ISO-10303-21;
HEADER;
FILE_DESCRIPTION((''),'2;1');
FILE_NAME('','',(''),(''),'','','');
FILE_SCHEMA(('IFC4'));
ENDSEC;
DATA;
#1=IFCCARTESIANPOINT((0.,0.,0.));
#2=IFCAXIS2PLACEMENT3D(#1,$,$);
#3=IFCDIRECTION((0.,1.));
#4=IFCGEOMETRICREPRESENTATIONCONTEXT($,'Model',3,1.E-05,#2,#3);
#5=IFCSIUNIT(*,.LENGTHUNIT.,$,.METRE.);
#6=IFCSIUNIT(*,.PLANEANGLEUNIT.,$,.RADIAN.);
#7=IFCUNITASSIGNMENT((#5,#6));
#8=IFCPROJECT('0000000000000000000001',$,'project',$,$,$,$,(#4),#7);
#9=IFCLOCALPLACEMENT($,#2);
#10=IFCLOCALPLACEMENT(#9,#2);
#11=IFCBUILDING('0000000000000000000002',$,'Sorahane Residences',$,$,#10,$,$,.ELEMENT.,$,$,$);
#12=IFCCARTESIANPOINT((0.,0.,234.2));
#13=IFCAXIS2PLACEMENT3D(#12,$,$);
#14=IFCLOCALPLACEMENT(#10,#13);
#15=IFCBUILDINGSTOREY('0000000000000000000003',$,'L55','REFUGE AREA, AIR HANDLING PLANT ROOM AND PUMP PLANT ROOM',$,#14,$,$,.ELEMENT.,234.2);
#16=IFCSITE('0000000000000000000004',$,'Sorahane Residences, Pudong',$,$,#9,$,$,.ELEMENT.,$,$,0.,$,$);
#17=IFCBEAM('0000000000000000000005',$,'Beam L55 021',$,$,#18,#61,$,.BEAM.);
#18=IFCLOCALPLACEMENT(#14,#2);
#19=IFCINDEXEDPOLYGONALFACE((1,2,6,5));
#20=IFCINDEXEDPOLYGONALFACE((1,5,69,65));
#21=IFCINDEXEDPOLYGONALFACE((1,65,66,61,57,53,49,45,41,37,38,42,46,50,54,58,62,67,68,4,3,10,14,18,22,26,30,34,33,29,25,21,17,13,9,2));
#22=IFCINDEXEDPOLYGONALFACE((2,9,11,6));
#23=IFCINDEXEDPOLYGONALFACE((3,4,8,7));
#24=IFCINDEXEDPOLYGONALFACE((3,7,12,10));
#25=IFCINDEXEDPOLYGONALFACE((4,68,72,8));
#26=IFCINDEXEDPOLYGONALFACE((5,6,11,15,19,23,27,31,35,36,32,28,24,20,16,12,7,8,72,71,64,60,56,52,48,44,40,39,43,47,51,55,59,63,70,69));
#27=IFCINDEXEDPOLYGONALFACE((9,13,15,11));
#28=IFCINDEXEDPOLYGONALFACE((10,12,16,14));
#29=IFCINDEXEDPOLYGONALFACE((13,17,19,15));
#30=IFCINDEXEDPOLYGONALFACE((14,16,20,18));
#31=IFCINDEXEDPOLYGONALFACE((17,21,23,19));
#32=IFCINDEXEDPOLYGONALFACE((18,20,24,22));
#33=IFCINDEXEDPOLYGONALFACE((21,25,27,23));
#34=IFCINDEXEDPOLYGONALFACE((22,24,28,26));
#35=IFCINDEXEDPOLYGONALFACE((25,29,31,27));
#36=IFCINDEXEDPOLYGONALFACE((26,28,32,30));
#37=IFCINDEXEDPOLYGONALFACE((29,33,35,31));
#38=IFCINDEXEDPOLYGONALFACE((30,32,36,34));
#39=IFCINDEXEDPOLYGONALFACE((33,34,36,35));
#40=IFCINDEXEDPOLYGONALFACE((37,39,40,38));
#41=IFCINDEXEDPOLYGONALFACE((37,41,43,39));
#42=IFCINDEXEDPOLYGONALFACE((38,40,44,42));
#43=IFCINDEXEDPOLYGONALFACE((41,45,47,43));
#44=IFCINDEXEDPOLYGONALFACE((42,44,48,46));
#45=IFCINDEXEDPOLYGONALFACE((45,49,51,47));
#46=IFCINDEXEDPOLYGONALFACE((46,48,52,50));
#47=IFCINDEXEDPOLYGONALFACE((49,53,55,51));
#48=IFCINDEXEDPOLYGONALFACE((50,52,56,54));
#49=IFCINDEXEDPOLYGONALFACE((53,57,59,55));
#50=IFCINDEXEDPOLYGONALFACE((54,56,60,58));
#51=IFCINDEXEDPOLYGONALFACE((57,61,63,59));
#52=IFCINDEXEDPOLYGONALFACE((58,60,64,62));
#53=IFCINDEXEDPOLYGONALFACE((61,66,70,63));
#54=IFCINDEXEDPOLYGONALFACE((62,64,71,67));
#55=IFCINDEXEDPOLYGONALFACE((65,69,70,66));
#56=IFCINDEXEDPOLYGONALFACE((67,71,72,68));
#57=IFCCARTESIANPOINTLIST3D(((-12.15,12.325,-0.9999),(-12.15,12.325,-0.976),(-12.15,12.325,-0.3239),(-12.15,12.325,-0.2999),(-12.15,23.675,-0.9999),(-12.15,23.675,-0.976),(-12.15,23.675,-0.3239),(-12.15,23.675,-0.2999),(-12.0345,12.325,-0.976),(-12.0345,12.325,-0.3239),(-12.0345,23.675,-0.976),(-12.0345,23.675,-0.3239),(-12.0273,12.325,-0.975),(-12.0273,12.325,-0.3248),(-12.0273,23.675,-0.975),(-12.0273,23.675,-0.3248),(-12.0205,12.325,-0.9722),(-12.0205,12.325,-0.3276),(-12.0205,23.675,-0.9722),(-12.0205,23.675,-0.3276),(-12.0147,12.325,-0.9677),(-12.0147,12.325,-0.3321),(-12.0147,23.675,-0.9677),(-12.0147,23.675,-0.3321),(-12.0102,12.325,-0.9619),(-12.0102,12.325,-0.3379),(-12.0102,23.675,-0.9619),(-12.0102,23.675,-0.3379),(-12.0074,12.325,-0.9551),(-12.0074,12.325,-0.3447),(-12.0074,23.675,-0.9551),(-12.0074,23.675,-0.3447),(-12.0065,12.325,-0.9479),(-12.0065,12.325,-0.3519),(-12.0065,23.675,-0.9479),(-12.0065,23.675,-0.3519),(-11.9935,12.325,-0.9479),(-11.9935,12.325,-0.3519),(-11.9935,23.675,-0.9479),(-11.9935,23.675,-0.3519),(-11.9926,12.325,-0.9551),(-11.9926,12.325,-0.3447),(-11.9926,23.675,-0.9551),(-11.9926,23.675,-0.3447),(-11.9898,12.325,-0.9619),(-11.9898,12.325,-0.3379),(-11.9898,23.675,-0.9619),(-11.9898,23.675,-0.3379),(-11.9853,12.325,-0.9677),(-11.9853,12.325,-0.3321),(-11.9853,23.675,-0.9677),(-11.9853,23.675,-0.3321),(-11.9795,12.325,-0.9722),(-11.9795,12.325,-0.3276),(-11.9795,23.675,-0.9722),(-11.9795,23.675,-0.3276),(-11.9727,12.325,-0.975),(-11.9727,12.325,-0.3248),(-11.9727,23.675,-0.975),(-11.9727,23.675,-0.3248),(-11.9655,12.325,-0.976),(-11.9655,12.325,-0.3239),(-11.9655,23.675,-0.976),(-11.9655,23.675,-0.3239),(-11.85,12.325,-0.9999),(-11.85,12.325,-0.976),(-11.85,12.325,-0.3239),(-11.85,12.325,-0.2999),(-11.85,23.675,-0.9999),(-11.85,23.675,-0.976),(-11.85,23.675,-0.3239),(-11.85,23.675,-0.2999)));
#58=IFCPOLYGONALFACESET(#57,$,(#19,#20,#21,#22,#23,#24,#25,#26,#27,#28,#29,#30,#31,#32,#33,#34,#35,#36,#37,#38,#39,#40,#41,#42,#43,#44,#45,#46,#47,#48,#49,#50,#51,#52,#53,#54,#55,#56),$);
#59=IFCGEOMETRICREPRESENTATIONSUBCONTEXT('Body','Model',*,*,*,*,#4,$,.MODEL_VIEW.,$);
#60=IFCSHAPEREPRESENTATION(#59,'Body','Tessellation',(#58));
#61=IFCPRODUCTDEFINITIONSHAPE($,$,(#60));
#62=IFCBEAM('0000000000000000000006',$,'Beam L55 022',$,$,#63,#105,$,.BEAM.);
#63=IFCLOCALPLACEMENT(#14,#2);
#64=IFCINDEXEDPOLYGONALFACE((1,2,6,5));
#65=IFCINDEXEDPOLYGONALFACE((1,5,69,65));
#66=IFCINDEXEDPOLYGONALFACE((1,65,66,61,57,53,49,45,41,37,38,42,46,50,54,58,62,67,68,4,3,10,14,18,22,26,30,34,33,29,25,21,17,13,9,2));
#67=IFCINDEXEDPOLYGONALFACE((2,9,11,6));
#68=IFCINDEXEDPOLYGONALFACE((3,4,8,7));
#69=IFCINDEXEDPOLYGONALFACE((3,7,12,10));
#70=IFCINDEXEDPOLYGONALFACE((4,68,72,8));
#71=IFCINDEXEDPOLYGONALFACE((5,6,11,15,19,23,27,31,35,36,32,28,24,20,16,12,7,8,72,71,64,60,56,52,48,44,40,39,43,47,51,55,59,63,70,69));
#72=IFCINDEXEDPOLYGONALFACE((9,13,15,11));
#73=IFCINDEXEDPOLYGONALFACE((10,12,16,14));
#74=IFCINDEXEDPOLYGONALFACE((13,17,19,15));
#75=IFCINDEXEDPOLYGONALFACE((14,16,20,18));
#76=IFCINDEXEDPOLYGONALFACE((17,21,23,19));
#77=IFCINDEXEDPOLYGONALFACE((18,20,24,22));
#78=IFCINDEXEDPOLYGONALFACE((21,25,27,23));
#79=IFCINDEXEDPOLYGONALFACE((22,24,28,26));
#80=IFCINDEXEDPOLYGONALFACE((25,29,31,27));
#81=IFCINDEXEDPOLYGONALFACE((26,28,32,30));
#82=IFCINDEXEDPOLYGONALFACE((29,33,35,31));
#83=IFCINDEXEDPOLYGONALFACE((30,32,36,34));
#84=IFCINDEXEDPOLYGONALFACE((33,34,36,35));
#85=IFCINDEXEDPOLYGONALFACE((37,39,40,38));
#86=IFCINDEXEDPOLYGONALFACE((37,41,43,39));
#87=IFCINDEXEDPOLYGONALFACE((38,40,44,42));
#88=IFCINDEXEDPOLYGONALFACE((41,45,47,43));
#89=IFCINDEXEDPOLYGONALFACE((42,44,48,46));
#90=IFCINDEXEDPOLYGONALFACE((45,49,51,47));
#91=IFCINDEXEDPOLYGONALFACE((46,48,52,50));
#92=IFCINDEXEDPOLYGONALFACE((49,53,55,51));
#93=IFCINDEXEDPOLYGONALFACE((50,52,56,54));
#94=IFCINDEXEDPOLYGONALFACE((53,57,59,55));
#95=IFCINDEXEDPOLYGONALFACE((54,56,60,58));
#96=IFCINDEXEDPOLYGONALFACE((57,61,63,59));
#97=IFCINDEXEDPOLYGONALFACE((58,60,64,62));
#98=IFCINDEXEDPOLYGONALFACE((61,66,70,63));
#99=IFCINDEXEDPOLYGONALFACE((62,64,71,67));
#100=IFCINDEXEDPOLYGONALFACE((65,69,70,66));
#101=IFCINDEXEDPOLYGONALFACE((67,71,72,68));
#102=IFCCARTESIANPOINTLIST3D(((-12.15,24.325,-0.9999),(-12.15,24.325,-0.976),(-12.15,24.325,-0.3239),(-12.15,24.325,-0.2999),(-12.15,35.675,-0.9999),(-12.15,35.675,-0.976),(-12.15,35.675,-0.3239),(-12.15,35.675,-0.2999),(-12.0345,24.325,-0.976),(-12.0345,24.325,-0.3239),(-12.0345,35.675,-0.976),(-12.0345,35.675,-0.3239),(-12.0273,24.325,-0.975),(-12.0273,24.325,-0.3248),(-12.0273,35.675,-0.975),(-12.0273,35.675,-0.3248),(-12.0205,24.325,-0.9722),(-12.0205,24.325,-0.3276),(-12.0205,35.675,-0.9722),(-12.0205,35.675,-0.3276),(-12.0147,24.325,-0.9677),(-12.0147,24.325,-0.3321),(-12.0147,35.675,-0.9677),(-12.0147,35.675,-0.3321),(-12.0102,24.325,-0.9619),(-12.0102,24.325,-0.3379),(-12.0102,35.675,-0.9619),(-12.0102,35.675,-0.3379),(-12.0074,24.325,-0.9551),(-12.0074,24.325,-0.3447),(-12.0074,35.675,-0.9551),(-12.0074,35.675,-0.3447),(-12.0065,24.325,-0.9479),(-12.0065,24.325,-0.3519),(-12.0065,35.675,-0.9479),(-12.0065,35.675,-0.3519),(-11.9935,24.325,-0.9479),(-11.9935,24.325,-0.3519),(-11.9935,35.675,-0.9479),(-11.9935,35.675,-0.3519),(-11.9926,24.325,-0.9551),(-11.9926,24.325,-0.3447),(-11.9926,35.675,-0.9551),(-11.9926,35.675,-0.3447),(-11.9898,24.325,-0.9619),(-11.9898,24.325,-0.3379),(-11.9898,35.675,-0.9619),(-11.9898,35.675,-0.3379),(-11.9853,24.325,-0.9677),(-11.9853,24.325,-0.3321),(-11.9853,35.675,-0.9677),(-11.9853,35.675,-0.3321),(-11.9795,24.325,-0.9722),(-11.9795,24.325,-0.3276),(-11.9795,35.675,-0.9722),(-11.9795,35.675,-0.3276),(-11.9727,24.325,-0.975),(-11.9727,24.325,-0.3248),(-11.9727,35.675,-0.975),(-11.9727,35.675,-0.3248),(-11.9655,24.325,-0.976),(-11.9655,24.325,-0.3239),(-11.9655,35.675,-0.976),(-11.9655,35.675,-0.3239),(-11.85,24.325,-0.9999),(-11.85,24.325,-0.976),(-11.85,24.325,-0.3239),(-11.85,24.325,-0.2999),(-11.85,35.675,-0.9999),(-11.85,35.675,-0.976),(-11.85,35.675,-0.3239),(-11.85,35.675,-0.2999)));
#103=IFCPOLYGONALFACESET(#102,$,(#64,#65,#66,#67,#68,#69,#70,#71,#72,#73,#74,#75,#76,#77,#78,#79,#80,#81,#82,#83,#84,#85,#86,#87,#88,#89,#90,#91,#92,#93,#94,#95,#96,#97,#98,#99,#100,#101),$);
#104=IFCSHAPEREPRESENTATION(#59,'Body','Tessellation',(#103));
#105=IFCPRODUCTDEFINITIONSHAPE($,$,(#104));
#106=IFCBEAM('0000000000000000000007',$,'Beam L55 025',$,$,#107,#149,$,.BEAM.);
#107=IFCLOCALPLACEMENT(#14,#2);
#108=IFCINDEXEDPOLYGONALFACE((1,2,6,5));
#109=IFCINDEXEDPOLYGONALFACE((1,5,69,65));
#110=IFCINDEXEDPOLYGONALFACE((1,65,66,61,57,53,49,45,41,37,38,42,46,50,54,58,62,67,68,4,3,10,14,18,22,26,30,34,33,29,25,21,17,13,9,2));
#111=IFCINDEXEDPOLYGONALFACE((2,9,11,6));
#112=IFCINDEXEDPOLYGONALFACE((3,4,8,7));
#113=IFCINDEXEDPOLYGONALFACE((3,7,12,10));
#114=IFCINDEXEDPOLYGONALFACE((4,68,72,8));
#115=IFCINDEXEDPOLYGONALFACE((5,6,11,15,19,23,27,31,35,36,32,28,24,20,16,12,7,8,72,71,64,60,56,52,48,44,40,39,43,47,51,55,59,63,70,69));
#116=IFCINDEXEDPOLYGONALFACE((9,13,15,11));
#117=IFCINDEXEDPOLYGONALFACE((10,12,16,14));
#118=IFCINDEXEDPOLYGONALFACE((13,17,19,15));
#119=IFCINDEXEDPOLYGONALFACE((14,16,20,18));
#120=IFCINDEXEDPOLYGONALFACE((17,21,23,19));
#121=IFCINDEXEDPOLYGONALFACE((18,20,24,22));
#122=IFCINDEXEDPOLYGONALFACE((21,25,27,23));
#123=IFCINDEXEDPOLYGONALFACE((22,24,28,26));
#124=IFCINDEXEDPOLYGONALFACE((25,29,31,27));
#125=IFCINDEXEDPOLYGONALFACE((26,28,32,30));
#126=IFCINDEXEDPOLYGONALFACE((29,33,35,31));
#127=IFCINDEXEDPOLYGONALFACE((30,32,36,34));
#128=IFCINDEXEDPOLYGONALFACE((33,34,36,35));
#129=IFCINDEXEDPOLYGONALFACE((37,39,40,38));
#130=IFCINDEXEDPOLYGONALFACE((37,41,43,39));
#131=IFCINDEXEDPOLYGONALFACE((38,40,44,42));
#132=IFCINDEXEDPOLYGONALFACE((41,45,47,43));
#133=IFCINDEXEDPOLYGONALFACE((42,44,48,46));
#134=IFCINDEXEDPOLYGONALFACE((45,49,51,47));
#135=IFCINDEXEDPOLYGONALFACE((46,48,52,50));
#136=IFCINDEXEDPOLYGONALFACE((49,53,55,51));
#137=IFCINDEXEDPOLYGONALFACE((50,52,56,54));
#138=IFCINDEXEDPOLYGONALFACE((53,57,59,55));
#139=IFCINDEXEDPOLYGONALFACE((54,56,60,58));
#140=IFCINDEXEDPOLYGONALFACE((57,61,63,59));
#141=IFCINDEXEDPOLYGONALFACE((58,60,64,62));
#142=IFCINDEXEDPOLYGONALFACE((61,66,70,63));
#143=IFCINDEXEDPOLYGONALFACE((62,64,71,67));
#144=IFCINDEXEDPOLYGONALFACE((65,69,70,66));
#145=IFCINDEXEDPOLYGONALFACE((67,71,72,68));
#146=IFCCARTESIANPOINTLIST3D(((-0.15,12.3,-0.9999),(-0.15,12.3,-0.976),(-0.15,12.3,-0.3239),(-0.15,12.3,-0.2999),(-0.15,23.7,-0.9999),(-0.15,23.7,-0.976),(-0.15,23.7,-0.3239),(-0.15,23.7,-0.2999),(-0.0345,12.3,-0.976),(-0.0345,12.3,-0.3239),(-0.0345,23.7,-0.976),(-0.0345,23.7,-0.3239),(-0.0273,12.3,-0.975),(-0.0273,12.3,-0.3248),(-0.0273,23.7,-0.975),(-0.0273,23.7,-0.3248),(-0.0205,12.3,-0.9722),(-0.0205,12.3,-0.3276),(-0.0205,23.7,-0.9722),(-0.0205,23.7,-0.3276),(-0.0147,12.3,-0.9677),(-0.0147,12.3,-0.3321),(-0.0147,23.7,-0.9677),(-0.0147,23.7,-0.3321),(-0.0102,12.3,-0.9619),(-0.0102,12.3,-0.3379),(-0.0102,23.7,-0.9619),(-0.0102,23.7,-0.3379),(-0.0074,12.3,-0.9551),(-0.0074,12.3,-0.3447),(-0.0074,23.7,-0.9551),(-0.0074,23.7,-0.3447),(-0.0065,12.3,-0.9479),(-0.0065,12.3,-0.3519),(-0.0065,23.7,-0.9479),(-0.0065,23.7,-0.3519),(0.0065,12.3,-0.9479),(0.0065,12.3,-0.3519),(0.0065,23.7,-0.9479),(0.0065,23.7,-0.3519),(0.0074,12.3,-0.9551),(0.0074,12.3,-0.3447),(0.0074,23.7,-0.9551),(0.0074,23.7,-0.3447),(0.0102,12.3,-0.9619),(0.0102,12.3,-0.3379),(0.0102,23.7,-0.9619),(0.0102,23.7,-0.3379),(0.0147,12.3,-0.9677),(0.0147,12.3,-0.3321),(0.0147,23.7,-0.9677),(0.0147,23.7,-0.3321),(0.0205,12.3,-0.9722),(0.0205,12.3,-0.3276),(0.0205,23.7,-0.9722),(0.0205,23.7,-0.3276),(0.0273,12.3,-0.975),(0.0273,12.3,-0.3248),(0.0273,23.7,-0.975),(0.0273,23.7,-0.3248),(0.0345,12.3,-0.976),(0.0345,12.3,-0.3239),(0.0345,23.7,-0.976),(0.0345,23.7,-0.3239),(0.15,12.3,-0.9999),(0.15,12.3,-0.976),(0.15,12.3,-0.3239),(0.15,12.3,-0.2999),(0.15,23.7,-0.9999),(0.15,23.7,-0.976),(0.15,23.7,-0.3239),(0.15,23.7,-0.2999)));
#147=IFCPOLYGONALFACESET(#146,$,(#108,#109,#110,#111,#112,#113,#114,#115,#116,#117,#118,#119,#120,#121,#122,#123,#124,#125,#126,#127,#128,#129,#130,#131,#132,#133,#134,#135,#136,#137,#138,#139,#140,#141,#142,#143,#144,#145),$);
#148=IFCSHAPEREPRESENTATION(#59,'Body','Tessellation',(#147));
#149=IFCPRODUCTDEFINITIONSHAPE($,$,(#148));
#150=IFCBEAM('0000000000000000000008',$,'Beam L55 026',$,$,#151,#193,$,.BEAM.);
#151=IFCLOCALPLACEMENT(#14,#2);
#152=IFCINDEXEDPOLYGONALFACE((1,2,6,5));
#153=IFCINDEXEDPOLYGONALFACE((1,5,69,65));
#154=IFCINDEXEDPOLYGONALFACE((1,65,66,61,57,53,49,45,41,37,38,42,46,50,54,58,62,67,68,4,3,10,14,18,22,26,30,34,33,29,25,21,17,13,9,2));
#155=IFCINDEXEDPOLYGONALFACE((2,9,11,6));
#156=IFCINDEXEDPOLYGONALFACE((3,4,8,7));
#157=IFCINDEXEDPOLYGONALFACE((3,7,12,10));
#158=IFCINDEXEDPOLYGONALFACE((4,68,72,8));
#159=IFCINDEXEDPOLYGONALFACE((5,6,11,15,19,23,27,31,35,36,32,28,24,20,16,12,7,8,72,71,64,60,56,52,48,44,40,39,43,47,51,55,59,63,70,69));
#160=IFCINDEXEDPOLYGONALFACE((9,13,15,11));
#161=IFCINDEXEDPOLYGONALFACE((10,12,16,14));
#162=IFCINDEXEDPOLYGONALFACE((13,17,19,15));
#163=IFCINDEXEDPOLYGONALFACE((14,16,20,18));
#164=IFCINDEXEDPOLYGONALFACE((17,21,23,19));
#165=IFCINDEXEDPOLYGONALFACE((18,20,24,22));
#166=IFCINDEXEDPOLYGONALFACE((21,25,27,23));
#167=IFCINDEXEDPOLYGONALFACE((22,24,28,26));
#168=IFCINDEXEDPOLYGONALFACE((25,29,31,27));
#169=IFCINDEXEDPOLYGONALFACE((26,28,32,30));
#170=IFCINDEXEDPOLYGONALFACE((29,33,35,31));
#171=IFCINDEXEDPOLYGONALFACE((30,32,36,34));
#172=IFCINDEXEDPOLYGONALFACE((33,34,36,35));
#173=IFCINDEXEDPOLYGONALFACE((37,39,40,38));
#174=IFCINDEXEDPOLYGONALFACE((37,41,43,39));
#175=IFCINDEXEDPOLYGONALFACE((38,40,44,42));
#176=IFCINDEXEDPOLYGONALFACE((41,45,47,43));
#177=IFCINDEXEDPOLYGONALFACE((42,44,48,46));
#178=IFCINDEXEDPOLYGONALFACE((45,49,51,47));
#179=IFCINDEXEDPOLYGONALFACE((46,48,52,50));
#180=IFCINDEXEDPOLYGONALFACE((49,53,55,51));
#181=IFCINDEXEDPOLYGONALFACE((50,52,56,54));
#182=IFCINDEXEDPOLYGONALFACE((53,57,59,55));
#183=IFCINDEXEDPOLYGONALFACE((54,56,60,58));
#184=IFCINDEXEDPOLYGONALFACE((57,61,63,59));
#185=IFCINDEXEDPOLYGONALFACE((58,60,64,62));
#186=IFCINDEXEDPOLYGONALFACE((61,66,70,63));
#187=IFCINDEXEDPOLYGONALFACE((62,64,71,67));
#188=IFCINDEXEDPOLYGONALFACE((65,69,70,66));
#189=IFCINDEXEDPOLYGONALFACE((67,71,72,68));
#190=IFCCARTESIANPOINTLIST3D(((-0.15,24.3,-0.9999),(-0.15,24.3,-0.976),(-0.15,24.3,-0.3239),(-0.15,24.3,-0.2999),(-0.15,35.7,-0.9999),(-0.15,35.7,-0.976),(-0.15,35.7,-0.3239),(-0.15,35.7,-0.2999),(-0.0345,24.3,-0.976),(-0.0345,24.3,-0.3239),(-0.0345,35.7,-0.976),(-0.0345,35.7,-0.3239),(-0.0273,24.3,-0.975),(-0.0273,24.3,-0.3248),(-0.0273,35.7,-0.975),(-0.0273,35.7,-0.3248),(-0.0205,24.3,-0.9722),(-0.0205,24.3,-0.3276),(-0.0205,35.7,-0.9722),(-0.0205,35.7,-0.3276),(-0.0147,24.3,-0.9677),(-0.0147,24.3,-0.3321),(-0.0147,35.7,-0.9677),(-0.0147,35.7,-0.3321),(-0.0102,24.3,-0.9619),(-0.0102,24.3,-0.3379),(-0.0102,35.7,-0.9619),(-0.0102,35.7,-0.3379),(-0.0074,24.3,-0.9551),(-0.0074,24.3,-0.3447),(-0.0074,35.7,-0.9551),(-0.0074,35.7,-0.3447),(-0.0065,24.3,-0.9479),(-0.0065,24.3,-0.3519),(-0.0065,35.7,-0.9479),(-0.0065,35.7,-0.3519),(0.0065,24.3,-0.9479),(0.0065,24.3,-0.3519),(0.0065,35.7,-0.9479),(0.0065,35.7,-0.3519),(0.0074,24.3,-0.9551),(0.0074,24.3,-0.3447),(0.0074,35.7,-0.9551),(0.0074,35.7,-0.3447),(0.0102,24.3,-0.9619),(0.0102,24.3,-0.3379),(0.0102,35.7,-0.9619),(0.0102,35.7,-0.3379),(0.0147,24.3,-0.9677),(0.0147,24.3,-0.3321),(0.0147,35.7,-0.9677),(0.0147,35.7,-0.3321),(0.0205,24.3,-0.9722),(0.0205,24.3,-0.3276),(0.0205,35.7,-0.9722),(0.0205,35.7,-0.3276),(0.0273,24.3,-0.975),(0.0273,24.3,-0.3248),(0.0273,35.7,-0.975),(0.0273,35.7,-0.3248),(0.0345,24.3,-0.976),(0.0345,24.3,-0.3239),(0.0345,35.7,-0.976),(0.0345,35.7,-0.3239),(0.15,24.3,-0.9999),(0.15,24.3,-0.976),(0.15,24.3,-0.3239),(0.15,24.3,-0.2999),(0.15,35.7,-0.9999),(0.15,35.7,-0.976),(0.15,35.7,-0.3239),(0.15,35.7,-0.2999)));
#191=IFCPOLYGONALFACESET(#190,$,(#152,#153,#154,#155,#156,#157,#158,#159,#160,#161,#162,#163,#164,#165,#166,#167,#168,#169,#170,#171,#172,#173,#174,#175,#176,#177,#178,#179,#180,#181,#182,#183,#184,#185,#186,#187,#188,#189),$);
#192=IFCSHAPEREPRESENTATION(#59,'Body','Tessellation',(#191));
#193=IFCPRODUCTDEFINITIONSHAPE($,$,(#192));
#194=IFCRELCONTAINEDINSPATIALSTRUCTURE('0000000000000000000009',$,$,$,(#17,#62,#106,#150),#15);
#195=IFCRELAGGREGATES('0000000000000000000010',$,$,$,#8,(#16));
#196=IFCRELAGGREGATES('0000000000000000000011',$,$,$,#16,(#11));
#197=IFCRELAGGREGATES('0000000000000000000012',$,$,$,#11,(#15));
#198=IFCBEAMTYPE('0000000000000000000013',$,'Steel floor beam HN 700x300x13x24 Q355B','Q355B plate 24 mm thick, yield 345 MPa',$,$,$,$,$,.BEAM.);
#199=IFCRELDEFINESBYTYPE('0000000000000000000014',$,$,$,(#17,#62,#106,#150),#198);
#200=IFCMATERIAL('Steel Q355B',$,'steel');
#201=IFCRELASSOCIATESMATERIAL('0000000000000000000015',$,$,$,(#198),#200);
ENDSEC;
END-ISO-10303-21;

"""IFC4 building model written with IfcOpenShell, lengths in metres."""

from ifc_helpers import new_model, si_unit, direction, frame, origin, origin_2d, place, context, subcontext, project, spatial, i_section, extrude, material, material_profile, profile_set, type_object, element, save


model = new_model("IFC4")

# Units and contexts
model_context = context("Model", 3, precision=1e-05, world=origin(), true_north=direction((0.0, 1.0)))
body_context = subcontext(model_context, "Body", "Model", "MODEL_VIEW")
ifc_project = project(units=[si_unit("LENGTHUNIT", "METRE"), si_unit("PLANEANGLEUNIT", "RADIAN")], contexts=[model_context])

# Site, building, storey
site_placement = place(None, origin())
site = spatial("IfcSite", under=ifc_project, at=site_placement, Name="Sorahane Residences, Pudong", CompositionType="ELEMENT", RefElevation=0.0)
building_placement = place(site_placement, origin())
building = spatial("IfcBuilding", under=site, at=building_placement, Name="Sorahane Residences", CompositionType="ELEMENT")
storey_placement = place(building_placement, frame((0.0, 0.0, 234.2)))
storey = spatial("IfcBuildingStorey", under=building, at=storey_placement, Name="L55", Description="REFUGE AREA, AIR HANDLING PLANT ROOM AND PUMP PLANT ROOM", CompositionType="ELEMENT", Elevation=234.2)

# Beams
ifc_material_1 = material(Name="Steel Q355B", Category="steel")
ifc_material_profile_1 = material_profile(ifc_material_1, i_section(OverallWidth=0.3, OverallDepth=0.7, WebThickness=0.0129, FlangeThickness=0.0239, FilletRadius=0.0281, at=origin_2d()), Name="HN 700x300x13x24")
ifc_profile_set_1 = profile_set([ifc_material_profile_1], Name="Steel Q355B")
beam_type_1 = type_object("IfcBeamType", Name="Steel floor beam HN 700x300x13x24 Q355B", Description="Q355B plate 24 mm thick, yield 345 MPa", PredefinedType="BEAM", material=ifc_profile_set_1)
for number, where, z_axis, x_axis, name in (
    (1, (-12.0, 12.325, -0.6499), (0.0, 1.0, 0.0), (-1.0, 0.0, 0.0), "Beam L55 021"),
    (2, (-12.0, 24.325, -0.6499), (0.0, 1.0, 0.0), (-1.0, 0.0, 0.0), "Beam L55 022"),
):
    element("IfcBeam", number, at=place(storey_placement, frame(where, z_axis=z_axis, x_axis=x_axis)), inside=storey, type_object=beam_type_1, Name=name, PredefinedType="BEAM", context=body_context, shape_type="SweptSolid", body=[
        extrude(i_section(OverallWidth=0.3, OverallDepth=0.7, WebThickness=0.0129, FlangeThickness=0.0239, FilletRadius=0.0281, at=origin_2d()), origin(), (0.0, 0.0, 1.0), 11.3501),
    ])
for number, where, z_axis, x_axis, name in (
    (3, (0.0, 12.3, -0.6499), (0.0, 1.0, 0.0), (-1.0, 0.0, 0.0), "Beam L55 025"),
    (4, (0.0, 24.3, -0.6499), (0.0, 1.0, 0.0), (-1.0, 0.0, 0.0), "Beam L55 026"),
):
    element("IfcBeam", number, at=place(storey_placement, frame(where, z_axis=z_axis, x_axis=x_axis)), inside=storey, type_object=beam_type_1, Name=name, PredefinedType="BEAM", context=body_context, shape_type="SweptSolid", body=[
        extrude(i_section(OverallWidth=0.3, OverallDepth=0.7, WebThickness=0.0129, FlangeThickness=0.0239, FilletRadius=0.0281, at=origin_2d()), origin(), (0.0, 0.0, 1.0), 11.3999),
    ])

save(model, "model.ifc")
